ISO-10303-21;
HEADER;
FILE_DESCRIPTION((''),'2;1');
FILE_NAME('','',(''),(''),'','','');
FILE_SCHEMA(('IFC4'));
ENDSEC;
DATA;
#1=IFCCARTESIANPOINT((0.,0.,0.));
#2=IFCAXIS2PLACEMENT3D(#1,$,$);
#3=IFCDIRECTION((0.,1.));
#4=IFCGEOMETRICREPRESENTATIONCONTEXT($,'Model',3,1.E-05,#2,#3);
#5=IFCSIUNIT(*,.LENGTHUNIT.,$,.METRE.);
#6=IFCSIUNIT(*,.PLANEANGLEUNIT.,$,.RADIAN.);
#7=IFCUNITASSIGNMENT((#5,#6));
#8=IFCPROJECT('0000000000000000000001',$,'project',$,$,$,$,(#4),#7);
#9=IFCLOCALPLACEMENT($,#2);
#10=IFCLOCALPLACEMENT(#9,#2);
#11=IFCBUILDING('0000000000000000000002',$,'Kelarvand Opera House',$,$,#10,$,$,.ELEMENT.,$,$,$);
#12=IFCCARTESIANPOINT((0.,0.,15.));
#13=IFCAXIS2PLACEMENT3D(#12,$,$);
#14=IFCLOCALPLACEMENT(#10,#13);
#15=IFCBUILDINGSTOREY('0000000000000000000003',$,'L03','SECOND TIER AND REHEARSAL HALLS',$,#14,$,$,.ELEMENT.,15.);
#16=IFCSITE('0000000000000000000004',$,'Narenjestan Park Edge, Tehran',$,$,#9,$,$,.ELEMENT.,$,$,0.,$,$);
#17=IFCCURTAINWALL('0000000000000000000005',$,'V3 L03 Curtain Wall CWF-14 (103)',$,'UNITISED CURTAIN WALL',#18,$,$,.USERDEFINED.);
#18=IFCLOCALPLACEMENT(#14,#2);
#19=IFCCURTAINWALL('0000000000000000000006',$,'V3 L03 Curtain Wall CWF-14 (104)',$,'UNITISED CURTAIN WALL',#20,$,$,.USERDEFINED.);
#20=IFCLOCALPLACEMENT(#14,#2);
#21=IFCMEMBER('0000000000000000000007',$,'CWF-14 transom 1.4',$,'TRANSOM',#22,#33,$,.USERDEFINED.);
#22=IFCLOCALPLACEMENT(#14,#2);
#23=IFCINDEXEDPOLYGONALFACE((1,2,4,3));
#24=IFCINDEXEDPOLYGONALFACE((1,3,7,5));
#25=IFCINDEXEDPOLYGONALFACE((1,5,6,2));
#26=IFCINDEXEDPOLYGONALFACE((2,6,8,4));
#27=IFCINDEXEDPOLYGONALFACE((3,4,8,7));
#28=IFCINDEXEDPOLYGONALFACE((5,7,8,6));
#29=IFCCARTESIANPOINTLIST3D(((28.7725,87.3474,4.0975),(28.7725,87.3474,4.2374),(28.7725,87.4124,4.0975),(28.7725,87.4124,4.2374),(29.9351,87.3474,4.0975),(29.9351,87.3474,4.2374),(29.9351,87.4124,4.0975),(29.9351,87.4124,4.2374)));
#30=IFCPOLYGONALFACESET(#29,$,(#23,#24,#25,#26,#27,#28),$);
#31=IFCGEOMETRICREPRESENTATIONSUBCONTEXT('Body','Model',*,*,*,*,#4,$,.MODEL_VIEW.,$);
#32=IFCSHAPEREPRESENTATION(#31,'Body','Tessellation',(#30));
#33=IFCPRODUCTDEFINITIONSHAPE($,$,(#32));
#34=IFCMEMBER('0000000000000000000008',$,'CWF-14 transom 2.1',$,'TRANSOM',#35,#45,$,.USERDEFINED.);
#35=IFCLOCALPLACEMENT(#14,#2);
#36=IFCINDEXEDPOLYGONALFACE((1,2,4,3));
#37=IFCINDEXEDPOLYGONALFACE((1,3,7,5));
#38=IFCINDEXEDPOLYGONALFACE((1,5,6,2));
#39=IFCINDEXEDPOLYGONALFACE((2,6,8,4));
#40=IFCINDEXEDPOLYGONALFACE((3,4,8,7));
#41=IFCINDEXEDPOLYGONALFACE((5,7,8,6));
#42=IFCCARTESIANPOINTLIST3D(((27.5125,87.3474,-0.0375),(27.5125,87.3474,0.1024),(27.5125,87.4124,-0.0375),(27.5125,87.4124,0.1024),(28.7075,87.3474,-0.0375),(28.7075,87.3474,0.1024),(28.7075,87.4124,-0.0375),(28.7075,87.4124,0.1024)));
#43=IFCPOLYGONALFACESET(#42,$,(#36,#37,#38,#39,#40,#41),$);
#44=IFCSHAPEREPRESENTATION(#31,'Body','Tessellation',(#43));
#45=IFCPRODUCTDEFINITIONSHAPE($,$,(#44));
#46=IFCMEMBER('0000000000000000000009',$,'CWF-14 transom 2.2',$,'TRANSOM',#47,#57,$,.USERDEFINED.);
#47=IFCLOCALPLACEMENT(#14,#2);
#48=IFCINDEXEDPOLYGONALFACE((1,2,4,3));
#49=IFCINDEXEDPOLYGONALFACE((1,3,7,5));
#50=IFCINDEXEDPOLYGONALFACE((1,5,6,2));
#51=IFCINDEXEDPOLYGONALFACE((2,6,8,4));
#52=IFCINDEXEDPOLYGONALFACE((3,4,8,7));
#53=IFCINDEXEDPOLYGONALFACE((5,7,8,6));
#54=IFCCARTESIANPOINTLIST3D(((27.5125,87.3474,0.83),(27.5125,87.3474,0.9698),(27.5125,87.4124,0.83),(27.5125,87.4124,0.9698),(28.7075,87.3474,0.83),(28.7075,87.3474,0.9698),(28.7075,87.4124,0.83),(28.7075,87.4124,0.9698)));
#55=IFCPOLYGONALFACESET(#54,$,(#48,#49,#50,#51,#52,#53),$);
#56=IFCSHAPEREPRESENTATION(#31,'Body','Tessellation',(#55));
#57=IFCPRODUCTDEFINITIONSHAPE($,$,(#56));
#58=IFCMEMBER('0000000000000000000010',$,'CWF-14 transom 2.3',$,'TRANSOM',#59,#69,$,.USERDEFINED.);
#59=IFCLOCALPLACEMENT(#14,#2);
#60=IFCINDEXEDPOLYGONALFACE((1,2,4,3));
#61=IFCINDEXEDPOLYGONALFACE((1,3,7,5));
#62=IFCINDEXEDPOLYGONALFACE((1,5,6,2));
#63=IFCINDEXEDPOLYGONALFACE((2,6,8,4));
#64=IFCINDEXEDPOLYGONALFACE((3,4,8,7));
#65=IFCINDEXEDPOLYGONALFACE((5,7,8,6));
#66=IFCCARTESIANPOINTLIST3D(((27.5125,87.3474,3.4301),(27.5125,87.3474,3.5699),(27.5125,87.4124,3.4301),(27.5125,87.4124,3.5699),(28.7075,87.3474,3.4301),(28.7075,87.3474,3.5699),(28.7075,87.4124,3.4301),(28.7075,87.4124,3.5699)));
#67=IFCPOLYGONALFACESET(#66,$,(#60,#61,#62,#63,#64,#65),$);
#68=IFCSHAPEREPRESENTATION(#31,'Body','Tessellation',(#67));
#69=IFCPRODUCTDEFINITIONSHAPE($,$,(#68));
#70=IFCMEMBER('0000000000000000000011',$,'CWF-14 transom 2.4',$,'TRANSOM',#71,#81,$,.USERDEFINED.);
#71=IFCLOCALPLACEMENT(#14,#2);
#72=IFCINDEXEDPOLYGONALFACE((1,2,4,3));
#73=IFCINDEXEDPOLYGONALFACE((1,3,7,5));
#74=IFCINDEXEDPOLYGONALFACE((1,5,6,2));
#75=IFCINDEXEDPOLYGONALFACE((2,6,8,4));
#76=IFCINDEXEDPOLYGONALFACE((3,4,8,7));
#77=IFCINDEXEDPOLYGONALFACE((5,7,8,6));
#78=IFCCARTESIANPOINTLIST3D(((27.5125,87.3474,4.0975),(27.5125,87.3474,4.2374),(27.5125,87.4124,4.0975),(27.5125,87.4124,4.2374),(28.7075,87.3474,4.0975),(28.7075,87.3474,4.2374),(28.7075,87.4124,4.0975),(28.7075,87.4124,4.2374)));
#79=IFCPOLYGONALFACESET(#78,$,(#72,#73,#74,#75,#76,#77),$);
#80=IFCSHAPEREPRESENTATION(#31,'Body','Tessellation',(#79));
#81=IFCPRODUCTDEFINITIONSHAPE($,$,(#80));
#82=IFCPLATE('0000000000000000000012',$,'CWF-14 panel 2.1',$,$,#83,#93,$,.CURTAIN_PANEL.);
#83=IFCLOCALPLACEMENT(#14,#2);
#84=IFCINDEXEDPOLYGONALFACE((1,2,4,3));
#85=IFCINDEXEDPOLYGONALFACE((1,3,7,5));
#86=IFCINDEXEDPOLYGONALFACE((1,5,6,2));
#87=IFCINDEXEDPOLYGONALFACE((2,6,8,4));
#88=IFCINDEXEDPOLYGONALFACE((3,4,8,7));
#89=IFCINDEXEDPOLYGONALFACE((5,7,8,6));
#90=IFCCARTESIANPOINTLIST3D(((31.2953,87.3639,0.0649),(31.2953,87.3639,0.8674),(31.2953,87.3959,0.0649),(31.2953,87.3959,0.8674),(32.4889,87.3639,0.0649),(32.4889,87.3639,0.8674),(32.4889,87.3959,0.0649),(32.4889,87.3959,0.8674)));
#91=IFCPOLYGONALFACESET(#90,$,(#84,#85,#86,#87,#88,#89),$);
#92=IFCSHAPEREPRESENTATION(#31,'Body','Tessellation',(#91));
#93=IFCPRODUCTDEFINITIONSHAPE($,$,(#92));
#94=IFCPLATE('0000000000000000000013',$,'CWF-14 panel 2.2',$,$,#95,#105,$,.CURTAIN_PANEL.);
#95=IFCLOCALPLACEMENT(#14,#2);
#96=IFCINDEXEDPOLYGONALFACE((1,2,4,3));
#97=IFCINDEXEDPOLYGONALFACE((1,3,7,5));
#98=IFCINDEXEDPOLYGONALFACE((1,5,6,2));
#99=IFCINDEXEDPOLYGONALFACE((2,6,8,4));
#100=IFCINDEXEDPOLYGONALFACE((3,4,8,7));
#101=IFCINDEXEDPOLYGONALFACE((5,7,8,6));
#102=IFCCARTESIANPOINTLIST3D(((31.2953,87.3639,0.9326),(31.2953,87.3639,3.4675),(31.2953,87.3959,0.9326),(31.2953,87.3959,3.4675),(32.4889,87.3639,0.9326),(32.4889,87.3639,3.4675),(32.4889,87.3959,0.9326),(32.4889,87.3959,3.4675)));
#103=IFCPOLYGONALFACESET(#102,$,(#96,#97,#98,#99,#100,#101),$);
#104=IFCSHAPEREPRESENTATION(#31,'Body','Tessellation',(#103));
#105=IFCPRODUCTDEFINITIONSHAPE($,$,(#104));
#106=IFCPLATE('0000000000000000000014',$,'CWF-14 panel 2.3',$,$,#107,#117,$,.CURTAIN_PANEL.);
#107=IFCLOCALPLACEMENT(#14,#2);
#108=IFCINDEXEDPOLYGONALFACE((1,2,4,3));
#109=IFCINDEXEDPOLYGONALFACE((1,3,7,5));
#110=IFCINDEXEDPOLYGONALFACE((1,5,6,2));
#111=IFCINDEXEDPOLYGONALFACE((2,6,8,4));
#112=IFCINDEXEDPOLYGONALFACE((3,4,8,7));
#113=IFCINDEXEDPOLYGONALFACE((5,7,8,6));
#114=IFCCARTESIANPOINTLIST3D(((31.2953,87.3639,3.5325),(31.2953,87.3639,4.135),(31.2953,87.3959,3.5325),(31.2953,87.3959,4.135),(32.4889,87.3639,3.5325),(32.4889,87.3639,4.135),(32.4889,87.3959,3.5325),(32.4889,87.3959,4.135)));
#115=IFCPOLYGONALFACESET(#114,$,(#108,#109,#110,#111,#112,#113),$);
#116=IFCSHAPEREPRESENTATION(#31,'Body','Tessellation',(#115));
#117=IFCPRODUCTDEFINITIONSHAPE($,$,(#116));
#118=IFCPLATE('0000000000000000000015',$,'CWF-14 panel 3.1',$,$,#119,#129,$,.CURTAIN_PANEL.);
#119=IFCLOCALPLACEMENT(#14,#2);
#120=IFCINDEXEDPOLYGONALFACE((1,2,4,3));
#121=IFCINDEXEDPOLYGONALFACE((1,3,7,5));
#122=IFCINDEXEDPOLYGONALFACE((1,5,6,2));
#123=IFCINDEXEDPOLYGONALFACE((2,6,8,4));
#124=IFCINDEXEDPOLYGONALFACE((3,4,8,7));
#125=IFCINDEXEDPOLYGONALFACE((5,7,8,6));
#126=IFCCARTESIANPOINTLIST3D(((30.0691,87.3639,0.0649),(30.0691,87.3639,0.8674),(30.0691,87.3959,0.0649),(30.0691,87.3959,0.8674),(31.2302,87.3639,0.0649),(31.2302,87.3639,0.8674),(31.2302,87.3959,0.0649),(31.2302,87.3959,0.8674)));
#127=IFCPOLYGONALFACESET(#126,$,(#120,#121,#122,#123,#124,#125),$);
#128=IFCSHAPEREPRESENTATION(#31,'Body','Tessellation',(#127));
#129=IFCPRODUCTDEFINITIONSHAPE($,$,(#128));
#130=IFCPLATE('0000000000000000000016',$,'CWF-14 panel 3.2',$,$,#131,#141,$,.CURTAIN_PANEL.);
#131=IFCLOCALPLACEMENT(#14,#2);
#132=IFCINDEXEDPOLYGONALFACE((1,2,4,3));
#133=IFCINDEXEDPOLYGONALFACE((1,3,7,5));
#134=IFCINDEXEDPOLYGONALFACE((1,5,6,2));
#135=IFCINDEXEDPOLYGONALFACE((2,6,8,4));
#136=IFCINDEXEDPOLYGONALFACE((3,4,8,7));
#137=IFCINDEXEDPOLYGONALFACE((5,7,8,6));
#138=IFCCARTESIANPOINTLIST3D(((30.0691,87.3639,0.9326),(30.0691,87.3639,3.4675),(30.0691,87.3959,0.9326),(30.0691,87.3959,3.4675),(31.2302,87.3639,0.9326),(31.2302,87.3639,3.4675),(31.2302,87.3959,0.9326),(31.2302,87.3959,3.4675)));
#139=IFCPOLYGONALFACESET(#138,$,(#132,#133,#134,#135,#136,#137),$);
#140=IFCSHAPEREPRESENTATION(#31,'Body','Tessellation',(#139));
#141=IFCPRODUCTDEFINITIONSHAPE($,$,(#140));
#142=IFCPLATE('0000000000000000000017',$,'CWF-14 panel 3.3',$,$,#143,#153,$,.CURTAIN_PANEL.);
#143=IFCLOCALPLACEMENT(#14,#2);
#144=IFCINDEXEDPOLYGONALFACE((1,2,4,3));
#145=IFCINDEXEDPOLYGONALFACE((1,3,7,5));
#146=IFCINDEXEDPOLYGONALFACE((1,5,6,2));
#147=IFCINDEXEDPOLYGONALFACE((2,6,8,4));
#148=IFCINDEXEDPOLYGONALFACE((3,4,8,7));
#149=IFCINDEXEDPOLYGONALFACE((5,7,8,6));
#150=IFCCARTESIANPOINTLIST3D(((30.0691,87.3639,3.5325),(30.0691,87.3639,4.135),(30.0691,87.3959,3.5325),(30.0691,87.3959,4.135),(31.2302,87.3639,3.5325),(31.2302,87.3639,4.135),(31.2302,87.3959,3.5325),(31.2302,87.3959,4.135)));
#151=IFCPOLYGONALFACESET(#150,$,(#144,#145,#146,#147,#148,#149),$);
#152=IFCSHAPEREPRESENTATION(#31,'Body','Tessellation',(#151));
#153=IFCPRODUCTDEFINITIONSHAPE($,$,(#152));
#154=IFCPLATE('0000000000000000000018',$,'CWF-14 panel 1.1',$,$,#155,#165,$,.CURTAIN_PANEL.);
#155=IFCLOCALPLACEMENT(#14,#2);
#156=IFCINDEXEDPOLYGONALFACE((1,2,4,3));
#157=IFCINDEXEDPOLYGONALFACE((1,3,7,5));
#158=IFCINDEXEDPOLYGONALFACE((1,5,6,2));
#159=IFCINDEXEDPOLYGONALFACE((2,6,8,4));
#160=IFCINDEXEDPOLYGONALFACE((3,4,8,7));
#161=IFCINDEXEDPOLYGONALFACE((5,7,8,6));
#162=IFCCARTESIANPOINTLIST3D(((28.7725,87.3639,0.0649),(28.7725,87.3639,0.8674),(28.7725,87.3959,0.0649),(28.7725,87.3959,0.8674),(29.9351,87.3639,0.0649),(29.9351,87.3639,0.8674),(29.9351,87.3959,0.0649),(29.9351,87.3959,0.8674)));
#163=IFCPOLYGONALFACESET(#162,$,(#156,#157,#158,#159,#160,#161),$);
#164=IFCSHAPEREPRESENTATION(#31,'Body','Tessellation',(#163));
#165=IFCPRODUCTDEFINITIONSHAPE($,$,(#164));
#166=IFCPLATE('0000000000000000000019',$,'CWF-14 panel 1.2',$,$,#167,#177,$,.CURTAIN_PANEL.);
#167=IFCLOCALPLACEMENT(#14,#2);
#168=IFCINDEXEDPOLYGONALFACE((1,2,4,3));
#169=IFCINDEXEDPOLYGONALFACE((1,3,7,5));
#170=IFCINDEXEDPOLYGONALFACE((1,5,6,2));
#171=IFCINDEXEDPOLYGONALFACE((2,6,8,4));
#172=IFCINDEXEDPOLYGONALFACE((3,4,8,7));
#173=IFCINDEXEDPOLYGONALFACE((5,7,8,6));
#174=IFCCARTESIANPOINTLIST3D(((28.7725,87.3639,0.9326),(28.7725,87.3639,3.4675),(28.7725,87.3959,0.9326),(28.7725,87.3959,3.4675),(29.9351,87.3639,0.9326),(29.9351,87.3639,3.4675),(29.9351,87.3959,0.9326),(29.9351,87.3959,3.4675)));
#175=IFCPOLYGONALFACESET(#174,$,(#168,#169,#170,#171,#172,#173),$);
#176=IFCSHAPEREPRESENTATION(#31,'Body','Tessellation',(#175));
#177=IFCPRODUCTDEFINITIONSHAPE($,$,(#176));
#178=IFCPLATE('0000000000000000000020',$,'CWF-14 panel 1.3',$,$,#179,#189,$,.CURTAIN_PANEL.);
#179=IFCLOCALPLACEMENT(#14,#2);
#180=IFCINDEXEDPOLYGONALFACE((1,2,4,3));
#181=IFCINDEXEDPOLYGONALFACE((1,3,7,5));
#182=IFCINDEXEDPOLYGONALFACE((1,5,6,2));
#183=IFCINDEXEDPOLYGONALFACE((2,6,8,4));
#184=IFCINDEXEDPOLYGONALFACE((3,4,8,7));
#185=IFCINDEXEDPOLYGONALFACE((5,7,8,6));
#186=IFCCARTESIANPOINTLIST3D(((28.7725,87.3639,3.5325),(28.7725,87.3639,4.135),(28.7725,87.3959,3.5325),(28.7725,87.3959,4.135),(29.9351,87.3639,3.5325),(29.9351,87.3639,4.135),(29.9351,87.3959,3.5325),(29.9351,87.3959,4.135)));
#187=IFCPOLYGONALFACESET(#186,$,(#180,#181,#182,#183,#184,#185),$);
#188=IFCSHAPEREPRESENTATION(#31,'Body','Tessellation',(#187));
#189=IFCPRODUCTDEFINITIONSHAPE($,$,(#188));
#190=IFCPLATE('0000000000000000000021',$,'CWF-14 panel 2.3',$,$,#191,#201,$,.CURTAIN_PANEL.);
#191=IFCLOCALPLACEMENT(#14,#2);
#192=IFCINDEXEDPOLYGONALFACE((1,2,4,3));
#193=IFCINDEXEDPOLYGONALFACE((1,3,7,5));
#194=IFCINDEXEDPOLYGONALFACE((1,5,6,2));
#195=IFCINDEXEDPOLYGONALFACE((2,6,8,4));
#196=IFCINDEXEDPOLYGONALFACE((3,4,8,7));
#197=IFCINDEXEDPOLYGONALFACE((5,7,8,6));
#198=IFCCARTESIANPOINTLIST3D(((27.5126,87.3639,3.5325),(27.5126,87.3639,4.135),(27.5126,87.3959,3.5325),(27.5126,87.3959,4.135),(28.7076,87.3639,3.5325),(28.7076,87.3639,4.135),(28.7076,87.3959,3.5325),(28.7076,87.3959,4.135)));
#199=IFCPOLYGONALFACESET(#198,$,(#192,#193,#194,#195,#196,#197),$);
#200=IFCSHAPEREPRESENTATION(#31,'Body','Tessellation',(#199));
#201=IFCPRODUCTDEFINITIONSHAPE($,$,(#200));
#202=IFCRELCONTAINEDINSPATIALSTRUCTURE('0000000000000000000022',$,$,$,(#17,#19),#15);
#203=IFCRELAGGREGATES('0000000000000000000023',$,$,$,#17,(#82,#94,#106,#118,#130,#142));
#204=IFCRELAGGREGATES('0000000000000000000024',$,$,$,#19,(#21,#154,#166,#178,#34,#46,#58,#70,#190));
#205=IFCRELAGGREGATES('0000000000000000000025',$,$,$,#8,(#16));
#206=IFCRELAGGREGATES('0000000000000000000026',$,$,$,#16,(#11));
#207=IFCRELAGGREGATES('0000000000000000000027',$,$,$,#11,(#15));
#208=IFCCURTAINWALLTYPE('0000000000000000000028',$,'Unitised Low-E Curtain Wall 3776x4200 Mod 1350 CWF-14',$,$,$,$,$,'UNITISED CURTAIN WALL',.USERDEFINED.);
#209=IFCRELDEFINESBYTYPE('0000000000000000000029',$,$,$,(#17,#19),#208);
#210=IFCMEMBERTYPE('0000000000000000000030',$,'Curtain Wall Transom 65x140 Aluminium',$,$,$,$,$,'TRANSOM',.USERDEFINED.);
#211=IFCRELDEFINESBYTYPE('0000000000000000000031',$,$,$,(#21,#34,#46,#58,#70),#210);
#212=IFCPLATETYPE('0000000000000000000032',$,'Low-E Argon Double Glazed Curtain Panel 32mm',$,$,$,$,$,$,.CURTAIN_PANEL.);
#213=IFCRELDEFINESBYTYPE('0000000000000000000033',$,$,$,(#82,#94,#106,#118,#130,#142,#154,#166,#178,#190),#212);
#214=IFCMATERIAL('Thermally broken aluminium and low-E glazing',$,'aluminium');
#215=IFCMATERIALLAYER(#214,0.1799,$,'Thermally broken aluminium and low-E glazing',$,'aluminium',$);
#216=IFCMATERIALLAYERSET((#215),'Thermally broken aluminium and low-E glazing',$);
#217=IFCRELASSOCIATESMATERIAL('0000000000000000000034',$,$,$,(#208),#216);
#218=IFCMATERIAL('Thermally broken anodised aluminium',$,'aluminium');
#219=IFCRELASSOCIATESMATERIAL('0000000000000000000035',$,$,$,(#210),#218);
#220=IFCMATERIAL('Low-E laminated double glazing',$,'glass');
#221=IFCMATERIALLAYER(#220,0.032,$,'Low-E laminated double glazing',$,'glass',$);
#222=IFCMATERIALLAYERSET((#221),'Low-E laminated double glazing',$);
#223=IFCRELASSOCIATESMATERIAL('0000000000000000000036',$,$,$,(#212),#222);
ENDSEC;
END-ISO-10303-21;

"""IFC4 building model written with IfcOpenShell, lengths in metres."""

from ifc_helpers import new_model, si_unit, direction, frame, origin, origin_2d, place, context, subcontext, project, spatial, rectangle, extrude, material, layer, layer_set, material_profile, profile_set, type_object, element, aggregate, save


model = new_model("IFC4")

# Units and contexts
model_context = context("Model", 3, precision=1e-05, world=origin(), true_north=direction((0.0, 1.0)))
body_context = subcontext(model_context, "Body", "Model", "MODEL_VIEW")
ifc_project = project(units=[si_unit("LENGTHUNIT", "METRE"), si_unit("PLANEANGLEUNIT", "RADIAN")], contexts=[model_context])

# Site, building, storey
site_placement = place(None, origin())
site = spatial("IfcSite", under=ifc_project, at=site_placement, Name="Narenjestan Park Edge, Tehran", CompositionType="ELEMENT", RefElevation=0.0)
building_placement = place(site_placement, origin())
building = spatial("IfcBuilding", under=site, at=building_placement, Name="Kelarvand Opera House", CompositionType="ELEMENT")
storey_placement = place(building_placement, frame((0.0, 0.0, 15.0)))
storey = spatial("IfcBuildingStorey", under=building, at=storey_placement, Name="L03", Description="SECOND TIER AND REHEARSAL HALLS", CompositionType="ELEMENT", Elevation=15.0)

# Curtain walls
ifc_material_1 = material(Name="Thermally broken aluminium and low-E glazing", Category="aluminium")
ifc_layer_1 = layer(ifc_material_1, 0.1799, Name="Thermally broken aluminium and low-E glazing", Category="aluminium")
ifc_layer_set_1 = layer_set([ifc_layer_1], Name="Thermally broken aluminium and low-E glazing")
curtain_wall_type = type_object("IfcCurtainWallType", Name="Unitised Low-E Curtain Wall 3776x4200 Mod 1350 CWF-14", ElementType="UNITISED CURTAIN WALL", PredefinedType="USERDEFINED", material=ifc_layer_set_1)
curtain_wall_1_placement = place(storey_placement, origin())
curtain_wall_1 = element("IfcCurtainWall", 1, at=curtain_wall_1_placement, inside=storey, type_object=curtain_wall_type, Name="V3 L03 Curtain Wall CWF-14 (103)", ObjectType="UNITISED CURTAIN WALL", PredefinedType="USERDEFINED")
ifc_material_2 = material(Name="Thermally broken anodised aluminium", Category="aluminium")
curtain_wall_2_placement = place(storey_placement, origin())
curtain_wall_2 = element("IfcCurtainWall", 2, at=curtain_wall_2_placement, inside=storey, type_object=curtain_wall_type, Name="V3 L03 Curtain Wall CWF-14 (104)", ObjectType="UNITISED CURTAIN WALL", PredefinedType="USERDEFINED")

# Members
ifc_material_profile_1 = material_profile(ifc_material_2, rectangle(XDim=0.0649, YDim=0.1399, at=origin_2d()), Name="ALU TRANSOM 65x140", Category="aluminium")
ifc_profile_set_1 = profile_set([ifc_material_profile_1], Name="Thermally broken anodised aluminium")
member_type_1 = type_object("IfcMemberType", Name="Curtain Wall Transom 65x140 Aluminium", ElementType="TRANSOM", PredefinedType="USERDEFINED", material=ifc_profile_set_1)
member_1_placement = place(storey_placement, frame((29.9351, 87.3799, 4.1675), z_axis=(-1.0, 0.0, 0.0), x_axis=(0.0, -1.0, 0.0)))
member_1 = element("IfcMember", 3, at=member_1_placement, type_object=member_type_1, Name="CWF-14 transom 1.4", ObjectType="TRANSOM", PredefinedType="USERDEFINED", context=body_context, shape_type="SweptSolid", body=[
    extrude(rectangle(XDim=0.0649, YDim=0.1399, at=origin_2d()), origin(), (0.0, 0.0, 1.0), 1.1626),
])
member_2_placement = place(storey_placement, frame((28.7075, 87.3799, 0.0325), z_axis=(-1.0, 0.0, 0.0), x_axis=(0.0, -1.0, 0.0)))
member_2 = element("IfcMember", 4, at=member_2_placement, type_object=member_type_1, Name="CWF-14 transom 2.1", ObjectType="TRANSOM", PredefinedType="USERDEFINED", context=body_context, shape_type="SweptSolid", body=[
    extrude(rectangle(XDim=0.0649, YDim=0.1399, at=origin_2d()), origin(), (0.0, 0.0, 1.0), 1.1951),
])
member_3_placement = place(storey_placement, frame((28.7075, 87.3799, 0.8999), z_axis=(-1.0, 0.0, 0.0), x_axis=(0.0, -1.0, 0.0)))
member_3 = element("IfcMember", 5, at=member_3_placement, type_object=member_type_1, Name="CWF-14 transom 2.2", ObjectType="TRANSOM", PredefinedType="USERDEFINED", context=body_context, shape_type="SweptSolid", body=[
    extrude(rectangle(XDim=0.0649, YDim=0.1399, at=origin_2d()), origin(), (0.0, 0.0, 1.0), 1.1951),
])
member_4_placement = place(storey_placement, frame((28.7075, 87.3799, 3.5), z_axis=(-1.0, 0.0, 0.0), x_axis=(0.0, -1.0, 0.0)))
member_4 = element("IfcMember", 6, at=member_4_placement, type_object=member_type_1, Name="CWF-14 transom 2.3", ObjectType="TRANSOM", PredefinedType="USERDEFINED", context=body_context, shape_type="SweptSolid", body=[
    extrude(rectangle(XDim=0.0649, YDim=0.1399, at=origin_2d()), origin(), (0.0, 0.0, 1.0), 1.1951),
])
member_5_placement = place(storey_placement, frame((28.7075, 87.3799, 4.1675), z_axis=(-1.0, 0.0, 0.0), x_axis=(0.0, -1.0, 0.0)))
member_5 = element("IfcMember", 7, at=member_5_placement, type_object=member_type_1, Name="CWF-14 transom 2.4", ObjectType="TRANSOM", PredefinedType="USERDEFINED", context=body_context, shape_type="SweptSolid", body=[
    extrude(rectangle(XDim=0.0649, YDim=0.1399, at=origin_2d()), origin(), (0.0, 0.0, 1.0), 1.1951),
])

# Plates
ifc_material_3 = material(Name="Low-E laminated double glazing", Category="glass")
ifc_layer_2 = layer(ifc_material_3, 0.032, Name="Low-E laminated double glazing", Category="glass")
ifc_layer_set_2 = layer_set([ifc_layer_2], Name="Low-E laminated double glazing")
plate_type = type_object("IfcPlateType", Name="Low-E Argon Double Glazed Curtain Panel 32mm", PredefinedType="CURTAIN_PANEL", material=ifc_layer_set_2)
plate_1_placement = place(storey_placement, frame((31.8921, 87.3799, 0.0649), z_axis=(0.0, 0.0, 1.0), x_axis=(-1.0, 0.0, 0.0)))
plate_1 = element("IfcPlate", 8, at=plate_1_placement, type_object=plate_type, Name="CWF-14 panel 2.1", PredefinedType="CURTAIN_PANEL", context=body_context, shape_type="SweptSolid", body=[
    extrude(rectangle(XDim=1.1936, YDim=0.032, at=origin_2d()), origin(), (0.0, 0.0, 1.0), 0.8025),
])
plate_2_placement = place(storey_placement, frame((31.8921, 87.3799, 0.9326), z_axis=(0.0, 0.0, 1.0), x_axis=(-1.0, 0.0, 0.0)))
plate_2 = element("IfcPlate", 9, at=plate_2_placement, type_object=plate_type, Name="CWF-14 panel 2.2", PredefinedType="CURTAIN_PANEL", context=body_context, shape_type="SweptSolid", body=[
    extrude(rectangle(XDim=1.1936, YDim=0.032, at=origin_2d()), origin(), (0.0, 0.0, 1.0), 2.5349),
])
plate_3_placement = place(storey_placement, frame((31.8921, 87.3799, 3.5325), z_axis=(0.0, 0.0, 1.0), x_axis=(-1.0, 0.0, 0.0)))
plate_3 = element("IfcPlate", 10, at=plate_3_placement, type_object=plate_type, Name="CWF-14 panel 2.3", PredefinedType="CURTAIN_PANEL", context=body_context, shape_type="SweptSolid", body=[
    extrude(rectangle(XDim=1.1936, YDim=0.032, at=origin_2d()), origin(), (0.0, 0.0, 1.0), 0.6025),
])
plate_4_placement = place(storey_placement, frame((30.6497, 87.3799, 0.0649), z_axis=(0.0, 0.0, 1.0), x_axis=(-1.0, 0.0, 0.0)))
plate_4 = element("IfcPlate", 11, at=plate_4_placement, type_object=plate_type, Name="CWF-14 panel 3.1", PredefinedType="CURTAIN_PANEL", context=body_context, shape_type="SweptSolid", body=[
    extrude(rectangle(XDim=1.1611, YDim=0.032, at=origin_2d()), origin(), (0.0, 0.0, 1.0), 0.8025),
])
plate_5_placement = place(storey_placement, frame((30.6497, 87.3799, 0.9326), z_axis=(0.0, 0.0, 1.0), x_axis=(-1.0, 0.0, 0.0)))
plate_5 = element("IfcPlate", 12, at=plate_5_placement, type_object=plate_type, Name="CWF-14 panel 3.2", PredefinedType="CURTAIN_PANEL", context=body_context, shape_type="SweptSolid", body=[
    extrude(rectangle(XDim=1.1611, YDim=0.032, at=origin_2d()), origin(), (0.0, 0.0, 1.0), 2.5349),
])
plate_6_placement = place(storey_placement, frame((30.6497, 87.3799, 3.5325), z_axis=(0.0, 0.0, 1.0), x_axis=(-1.0, 0.0, 0.0)))
plate_6 = element("IfcPlate", 13, at=plate_6_placement, type_object=plate_type, Name="CWF-14 panel 3.3", PredefinedType="CURTAIN_PANEL", context=body_context, shape_type="SweptSolid", body=[
    extrude(rectangle(XDim=1.1611, YDim=0.032, at=origin_2d()), origin(), (0.0, 0.0, 1.0), 0.6025),
])
aggregate(curtain_wall_1, [plate_1, plate_2, plate_3, plate_4, plate_5, plate_6])
plate_7_placement = place(storey_placement, frame((29.3538, 87.3799, 0.0649), z_axis=(0.0, 0.0, 1.0), x_axis=(-1.0, 0.0, 0.0)))
plate_7 = element("IfcPlate", 14, at=plate_7_placement, type_object=plate_type, Name="CWF-14 panel 1.1", PredefinedType="CURTAIN_PANEL", context=body_context, shape_type="SweptSolid", body=[
    extrude(rectangle(XDim=1.1626, YDim=0.032, at=origin_2d()), origin(), (0.0, 0.0, 1.0), 0.8025),
])
plate_8_placement = place(storey_placement, frame((29.3538, 87.3799, 0.9326), z_axis=(0.0, 0.0, 1.0), x_axis=(-1.0, 0.0, 0.0)))
plate_8 = element("IfcPlate", 15, at=plate_8_placement, type_object=plate_type, Name="CWF-14 panel 1.2", PredefinedType="CURTAIN_PANEL", context=body_context, shape_type="SweptSolid", body=[
    extrude(rectangle(XDim=1.1626, YDim=0.032, at=origin_2d()), origin(), (0.0, 0.0, 1.0), 2.5349),
])
plate_9_placement = place(storey_placement, frame((29.3538, 87.3799, 3.5325), z_axis=(0.0, 0.0, 1.0), x_axis=(-1.0, 0.0, 0.0)))
plate_9 = element("IfcPlate", 16, at=plate_9_placement, type_object=plate_type, Name="CWF-14 panel 1.3", PredefinedType="CURTAIN_PANEL", context=body_context, shape_type="SweptSolid", body=[
    extrude(rectangle(XDim=1.1626, YDim=0.032, at=origin_2d()), origin(), (0.0, 0.0, 1.0), 0.6025),
])
plate_10_placement = place(storey_placement, frame((28.1101, 87.3799, 3.5325), z_axis=(0.0, 0.0, 1.0), x_axis=(-1.0, 0.0, 0.0)))
plate_10 = element("IfcPlate", 17, at=plate_10_placement, type_object=plate_type, Name="CWF-14 panel 2.3", PredefinedType="CURTAIN_PANEL", context=body_context, shape_type="SweptSolid", body=[
    extrude(rectangle(XDim=1.1951, YDim=0.032, at=origin_2d()), origin(), (0.0, 0.0, 1.0), 0.6025),
])
aggregate(curtain_wall_2, [member_1, plate_7, plate_8, plate_9, member_2, member_3, member_4, member_5, plate_10])

save(model, "model.ifc")
